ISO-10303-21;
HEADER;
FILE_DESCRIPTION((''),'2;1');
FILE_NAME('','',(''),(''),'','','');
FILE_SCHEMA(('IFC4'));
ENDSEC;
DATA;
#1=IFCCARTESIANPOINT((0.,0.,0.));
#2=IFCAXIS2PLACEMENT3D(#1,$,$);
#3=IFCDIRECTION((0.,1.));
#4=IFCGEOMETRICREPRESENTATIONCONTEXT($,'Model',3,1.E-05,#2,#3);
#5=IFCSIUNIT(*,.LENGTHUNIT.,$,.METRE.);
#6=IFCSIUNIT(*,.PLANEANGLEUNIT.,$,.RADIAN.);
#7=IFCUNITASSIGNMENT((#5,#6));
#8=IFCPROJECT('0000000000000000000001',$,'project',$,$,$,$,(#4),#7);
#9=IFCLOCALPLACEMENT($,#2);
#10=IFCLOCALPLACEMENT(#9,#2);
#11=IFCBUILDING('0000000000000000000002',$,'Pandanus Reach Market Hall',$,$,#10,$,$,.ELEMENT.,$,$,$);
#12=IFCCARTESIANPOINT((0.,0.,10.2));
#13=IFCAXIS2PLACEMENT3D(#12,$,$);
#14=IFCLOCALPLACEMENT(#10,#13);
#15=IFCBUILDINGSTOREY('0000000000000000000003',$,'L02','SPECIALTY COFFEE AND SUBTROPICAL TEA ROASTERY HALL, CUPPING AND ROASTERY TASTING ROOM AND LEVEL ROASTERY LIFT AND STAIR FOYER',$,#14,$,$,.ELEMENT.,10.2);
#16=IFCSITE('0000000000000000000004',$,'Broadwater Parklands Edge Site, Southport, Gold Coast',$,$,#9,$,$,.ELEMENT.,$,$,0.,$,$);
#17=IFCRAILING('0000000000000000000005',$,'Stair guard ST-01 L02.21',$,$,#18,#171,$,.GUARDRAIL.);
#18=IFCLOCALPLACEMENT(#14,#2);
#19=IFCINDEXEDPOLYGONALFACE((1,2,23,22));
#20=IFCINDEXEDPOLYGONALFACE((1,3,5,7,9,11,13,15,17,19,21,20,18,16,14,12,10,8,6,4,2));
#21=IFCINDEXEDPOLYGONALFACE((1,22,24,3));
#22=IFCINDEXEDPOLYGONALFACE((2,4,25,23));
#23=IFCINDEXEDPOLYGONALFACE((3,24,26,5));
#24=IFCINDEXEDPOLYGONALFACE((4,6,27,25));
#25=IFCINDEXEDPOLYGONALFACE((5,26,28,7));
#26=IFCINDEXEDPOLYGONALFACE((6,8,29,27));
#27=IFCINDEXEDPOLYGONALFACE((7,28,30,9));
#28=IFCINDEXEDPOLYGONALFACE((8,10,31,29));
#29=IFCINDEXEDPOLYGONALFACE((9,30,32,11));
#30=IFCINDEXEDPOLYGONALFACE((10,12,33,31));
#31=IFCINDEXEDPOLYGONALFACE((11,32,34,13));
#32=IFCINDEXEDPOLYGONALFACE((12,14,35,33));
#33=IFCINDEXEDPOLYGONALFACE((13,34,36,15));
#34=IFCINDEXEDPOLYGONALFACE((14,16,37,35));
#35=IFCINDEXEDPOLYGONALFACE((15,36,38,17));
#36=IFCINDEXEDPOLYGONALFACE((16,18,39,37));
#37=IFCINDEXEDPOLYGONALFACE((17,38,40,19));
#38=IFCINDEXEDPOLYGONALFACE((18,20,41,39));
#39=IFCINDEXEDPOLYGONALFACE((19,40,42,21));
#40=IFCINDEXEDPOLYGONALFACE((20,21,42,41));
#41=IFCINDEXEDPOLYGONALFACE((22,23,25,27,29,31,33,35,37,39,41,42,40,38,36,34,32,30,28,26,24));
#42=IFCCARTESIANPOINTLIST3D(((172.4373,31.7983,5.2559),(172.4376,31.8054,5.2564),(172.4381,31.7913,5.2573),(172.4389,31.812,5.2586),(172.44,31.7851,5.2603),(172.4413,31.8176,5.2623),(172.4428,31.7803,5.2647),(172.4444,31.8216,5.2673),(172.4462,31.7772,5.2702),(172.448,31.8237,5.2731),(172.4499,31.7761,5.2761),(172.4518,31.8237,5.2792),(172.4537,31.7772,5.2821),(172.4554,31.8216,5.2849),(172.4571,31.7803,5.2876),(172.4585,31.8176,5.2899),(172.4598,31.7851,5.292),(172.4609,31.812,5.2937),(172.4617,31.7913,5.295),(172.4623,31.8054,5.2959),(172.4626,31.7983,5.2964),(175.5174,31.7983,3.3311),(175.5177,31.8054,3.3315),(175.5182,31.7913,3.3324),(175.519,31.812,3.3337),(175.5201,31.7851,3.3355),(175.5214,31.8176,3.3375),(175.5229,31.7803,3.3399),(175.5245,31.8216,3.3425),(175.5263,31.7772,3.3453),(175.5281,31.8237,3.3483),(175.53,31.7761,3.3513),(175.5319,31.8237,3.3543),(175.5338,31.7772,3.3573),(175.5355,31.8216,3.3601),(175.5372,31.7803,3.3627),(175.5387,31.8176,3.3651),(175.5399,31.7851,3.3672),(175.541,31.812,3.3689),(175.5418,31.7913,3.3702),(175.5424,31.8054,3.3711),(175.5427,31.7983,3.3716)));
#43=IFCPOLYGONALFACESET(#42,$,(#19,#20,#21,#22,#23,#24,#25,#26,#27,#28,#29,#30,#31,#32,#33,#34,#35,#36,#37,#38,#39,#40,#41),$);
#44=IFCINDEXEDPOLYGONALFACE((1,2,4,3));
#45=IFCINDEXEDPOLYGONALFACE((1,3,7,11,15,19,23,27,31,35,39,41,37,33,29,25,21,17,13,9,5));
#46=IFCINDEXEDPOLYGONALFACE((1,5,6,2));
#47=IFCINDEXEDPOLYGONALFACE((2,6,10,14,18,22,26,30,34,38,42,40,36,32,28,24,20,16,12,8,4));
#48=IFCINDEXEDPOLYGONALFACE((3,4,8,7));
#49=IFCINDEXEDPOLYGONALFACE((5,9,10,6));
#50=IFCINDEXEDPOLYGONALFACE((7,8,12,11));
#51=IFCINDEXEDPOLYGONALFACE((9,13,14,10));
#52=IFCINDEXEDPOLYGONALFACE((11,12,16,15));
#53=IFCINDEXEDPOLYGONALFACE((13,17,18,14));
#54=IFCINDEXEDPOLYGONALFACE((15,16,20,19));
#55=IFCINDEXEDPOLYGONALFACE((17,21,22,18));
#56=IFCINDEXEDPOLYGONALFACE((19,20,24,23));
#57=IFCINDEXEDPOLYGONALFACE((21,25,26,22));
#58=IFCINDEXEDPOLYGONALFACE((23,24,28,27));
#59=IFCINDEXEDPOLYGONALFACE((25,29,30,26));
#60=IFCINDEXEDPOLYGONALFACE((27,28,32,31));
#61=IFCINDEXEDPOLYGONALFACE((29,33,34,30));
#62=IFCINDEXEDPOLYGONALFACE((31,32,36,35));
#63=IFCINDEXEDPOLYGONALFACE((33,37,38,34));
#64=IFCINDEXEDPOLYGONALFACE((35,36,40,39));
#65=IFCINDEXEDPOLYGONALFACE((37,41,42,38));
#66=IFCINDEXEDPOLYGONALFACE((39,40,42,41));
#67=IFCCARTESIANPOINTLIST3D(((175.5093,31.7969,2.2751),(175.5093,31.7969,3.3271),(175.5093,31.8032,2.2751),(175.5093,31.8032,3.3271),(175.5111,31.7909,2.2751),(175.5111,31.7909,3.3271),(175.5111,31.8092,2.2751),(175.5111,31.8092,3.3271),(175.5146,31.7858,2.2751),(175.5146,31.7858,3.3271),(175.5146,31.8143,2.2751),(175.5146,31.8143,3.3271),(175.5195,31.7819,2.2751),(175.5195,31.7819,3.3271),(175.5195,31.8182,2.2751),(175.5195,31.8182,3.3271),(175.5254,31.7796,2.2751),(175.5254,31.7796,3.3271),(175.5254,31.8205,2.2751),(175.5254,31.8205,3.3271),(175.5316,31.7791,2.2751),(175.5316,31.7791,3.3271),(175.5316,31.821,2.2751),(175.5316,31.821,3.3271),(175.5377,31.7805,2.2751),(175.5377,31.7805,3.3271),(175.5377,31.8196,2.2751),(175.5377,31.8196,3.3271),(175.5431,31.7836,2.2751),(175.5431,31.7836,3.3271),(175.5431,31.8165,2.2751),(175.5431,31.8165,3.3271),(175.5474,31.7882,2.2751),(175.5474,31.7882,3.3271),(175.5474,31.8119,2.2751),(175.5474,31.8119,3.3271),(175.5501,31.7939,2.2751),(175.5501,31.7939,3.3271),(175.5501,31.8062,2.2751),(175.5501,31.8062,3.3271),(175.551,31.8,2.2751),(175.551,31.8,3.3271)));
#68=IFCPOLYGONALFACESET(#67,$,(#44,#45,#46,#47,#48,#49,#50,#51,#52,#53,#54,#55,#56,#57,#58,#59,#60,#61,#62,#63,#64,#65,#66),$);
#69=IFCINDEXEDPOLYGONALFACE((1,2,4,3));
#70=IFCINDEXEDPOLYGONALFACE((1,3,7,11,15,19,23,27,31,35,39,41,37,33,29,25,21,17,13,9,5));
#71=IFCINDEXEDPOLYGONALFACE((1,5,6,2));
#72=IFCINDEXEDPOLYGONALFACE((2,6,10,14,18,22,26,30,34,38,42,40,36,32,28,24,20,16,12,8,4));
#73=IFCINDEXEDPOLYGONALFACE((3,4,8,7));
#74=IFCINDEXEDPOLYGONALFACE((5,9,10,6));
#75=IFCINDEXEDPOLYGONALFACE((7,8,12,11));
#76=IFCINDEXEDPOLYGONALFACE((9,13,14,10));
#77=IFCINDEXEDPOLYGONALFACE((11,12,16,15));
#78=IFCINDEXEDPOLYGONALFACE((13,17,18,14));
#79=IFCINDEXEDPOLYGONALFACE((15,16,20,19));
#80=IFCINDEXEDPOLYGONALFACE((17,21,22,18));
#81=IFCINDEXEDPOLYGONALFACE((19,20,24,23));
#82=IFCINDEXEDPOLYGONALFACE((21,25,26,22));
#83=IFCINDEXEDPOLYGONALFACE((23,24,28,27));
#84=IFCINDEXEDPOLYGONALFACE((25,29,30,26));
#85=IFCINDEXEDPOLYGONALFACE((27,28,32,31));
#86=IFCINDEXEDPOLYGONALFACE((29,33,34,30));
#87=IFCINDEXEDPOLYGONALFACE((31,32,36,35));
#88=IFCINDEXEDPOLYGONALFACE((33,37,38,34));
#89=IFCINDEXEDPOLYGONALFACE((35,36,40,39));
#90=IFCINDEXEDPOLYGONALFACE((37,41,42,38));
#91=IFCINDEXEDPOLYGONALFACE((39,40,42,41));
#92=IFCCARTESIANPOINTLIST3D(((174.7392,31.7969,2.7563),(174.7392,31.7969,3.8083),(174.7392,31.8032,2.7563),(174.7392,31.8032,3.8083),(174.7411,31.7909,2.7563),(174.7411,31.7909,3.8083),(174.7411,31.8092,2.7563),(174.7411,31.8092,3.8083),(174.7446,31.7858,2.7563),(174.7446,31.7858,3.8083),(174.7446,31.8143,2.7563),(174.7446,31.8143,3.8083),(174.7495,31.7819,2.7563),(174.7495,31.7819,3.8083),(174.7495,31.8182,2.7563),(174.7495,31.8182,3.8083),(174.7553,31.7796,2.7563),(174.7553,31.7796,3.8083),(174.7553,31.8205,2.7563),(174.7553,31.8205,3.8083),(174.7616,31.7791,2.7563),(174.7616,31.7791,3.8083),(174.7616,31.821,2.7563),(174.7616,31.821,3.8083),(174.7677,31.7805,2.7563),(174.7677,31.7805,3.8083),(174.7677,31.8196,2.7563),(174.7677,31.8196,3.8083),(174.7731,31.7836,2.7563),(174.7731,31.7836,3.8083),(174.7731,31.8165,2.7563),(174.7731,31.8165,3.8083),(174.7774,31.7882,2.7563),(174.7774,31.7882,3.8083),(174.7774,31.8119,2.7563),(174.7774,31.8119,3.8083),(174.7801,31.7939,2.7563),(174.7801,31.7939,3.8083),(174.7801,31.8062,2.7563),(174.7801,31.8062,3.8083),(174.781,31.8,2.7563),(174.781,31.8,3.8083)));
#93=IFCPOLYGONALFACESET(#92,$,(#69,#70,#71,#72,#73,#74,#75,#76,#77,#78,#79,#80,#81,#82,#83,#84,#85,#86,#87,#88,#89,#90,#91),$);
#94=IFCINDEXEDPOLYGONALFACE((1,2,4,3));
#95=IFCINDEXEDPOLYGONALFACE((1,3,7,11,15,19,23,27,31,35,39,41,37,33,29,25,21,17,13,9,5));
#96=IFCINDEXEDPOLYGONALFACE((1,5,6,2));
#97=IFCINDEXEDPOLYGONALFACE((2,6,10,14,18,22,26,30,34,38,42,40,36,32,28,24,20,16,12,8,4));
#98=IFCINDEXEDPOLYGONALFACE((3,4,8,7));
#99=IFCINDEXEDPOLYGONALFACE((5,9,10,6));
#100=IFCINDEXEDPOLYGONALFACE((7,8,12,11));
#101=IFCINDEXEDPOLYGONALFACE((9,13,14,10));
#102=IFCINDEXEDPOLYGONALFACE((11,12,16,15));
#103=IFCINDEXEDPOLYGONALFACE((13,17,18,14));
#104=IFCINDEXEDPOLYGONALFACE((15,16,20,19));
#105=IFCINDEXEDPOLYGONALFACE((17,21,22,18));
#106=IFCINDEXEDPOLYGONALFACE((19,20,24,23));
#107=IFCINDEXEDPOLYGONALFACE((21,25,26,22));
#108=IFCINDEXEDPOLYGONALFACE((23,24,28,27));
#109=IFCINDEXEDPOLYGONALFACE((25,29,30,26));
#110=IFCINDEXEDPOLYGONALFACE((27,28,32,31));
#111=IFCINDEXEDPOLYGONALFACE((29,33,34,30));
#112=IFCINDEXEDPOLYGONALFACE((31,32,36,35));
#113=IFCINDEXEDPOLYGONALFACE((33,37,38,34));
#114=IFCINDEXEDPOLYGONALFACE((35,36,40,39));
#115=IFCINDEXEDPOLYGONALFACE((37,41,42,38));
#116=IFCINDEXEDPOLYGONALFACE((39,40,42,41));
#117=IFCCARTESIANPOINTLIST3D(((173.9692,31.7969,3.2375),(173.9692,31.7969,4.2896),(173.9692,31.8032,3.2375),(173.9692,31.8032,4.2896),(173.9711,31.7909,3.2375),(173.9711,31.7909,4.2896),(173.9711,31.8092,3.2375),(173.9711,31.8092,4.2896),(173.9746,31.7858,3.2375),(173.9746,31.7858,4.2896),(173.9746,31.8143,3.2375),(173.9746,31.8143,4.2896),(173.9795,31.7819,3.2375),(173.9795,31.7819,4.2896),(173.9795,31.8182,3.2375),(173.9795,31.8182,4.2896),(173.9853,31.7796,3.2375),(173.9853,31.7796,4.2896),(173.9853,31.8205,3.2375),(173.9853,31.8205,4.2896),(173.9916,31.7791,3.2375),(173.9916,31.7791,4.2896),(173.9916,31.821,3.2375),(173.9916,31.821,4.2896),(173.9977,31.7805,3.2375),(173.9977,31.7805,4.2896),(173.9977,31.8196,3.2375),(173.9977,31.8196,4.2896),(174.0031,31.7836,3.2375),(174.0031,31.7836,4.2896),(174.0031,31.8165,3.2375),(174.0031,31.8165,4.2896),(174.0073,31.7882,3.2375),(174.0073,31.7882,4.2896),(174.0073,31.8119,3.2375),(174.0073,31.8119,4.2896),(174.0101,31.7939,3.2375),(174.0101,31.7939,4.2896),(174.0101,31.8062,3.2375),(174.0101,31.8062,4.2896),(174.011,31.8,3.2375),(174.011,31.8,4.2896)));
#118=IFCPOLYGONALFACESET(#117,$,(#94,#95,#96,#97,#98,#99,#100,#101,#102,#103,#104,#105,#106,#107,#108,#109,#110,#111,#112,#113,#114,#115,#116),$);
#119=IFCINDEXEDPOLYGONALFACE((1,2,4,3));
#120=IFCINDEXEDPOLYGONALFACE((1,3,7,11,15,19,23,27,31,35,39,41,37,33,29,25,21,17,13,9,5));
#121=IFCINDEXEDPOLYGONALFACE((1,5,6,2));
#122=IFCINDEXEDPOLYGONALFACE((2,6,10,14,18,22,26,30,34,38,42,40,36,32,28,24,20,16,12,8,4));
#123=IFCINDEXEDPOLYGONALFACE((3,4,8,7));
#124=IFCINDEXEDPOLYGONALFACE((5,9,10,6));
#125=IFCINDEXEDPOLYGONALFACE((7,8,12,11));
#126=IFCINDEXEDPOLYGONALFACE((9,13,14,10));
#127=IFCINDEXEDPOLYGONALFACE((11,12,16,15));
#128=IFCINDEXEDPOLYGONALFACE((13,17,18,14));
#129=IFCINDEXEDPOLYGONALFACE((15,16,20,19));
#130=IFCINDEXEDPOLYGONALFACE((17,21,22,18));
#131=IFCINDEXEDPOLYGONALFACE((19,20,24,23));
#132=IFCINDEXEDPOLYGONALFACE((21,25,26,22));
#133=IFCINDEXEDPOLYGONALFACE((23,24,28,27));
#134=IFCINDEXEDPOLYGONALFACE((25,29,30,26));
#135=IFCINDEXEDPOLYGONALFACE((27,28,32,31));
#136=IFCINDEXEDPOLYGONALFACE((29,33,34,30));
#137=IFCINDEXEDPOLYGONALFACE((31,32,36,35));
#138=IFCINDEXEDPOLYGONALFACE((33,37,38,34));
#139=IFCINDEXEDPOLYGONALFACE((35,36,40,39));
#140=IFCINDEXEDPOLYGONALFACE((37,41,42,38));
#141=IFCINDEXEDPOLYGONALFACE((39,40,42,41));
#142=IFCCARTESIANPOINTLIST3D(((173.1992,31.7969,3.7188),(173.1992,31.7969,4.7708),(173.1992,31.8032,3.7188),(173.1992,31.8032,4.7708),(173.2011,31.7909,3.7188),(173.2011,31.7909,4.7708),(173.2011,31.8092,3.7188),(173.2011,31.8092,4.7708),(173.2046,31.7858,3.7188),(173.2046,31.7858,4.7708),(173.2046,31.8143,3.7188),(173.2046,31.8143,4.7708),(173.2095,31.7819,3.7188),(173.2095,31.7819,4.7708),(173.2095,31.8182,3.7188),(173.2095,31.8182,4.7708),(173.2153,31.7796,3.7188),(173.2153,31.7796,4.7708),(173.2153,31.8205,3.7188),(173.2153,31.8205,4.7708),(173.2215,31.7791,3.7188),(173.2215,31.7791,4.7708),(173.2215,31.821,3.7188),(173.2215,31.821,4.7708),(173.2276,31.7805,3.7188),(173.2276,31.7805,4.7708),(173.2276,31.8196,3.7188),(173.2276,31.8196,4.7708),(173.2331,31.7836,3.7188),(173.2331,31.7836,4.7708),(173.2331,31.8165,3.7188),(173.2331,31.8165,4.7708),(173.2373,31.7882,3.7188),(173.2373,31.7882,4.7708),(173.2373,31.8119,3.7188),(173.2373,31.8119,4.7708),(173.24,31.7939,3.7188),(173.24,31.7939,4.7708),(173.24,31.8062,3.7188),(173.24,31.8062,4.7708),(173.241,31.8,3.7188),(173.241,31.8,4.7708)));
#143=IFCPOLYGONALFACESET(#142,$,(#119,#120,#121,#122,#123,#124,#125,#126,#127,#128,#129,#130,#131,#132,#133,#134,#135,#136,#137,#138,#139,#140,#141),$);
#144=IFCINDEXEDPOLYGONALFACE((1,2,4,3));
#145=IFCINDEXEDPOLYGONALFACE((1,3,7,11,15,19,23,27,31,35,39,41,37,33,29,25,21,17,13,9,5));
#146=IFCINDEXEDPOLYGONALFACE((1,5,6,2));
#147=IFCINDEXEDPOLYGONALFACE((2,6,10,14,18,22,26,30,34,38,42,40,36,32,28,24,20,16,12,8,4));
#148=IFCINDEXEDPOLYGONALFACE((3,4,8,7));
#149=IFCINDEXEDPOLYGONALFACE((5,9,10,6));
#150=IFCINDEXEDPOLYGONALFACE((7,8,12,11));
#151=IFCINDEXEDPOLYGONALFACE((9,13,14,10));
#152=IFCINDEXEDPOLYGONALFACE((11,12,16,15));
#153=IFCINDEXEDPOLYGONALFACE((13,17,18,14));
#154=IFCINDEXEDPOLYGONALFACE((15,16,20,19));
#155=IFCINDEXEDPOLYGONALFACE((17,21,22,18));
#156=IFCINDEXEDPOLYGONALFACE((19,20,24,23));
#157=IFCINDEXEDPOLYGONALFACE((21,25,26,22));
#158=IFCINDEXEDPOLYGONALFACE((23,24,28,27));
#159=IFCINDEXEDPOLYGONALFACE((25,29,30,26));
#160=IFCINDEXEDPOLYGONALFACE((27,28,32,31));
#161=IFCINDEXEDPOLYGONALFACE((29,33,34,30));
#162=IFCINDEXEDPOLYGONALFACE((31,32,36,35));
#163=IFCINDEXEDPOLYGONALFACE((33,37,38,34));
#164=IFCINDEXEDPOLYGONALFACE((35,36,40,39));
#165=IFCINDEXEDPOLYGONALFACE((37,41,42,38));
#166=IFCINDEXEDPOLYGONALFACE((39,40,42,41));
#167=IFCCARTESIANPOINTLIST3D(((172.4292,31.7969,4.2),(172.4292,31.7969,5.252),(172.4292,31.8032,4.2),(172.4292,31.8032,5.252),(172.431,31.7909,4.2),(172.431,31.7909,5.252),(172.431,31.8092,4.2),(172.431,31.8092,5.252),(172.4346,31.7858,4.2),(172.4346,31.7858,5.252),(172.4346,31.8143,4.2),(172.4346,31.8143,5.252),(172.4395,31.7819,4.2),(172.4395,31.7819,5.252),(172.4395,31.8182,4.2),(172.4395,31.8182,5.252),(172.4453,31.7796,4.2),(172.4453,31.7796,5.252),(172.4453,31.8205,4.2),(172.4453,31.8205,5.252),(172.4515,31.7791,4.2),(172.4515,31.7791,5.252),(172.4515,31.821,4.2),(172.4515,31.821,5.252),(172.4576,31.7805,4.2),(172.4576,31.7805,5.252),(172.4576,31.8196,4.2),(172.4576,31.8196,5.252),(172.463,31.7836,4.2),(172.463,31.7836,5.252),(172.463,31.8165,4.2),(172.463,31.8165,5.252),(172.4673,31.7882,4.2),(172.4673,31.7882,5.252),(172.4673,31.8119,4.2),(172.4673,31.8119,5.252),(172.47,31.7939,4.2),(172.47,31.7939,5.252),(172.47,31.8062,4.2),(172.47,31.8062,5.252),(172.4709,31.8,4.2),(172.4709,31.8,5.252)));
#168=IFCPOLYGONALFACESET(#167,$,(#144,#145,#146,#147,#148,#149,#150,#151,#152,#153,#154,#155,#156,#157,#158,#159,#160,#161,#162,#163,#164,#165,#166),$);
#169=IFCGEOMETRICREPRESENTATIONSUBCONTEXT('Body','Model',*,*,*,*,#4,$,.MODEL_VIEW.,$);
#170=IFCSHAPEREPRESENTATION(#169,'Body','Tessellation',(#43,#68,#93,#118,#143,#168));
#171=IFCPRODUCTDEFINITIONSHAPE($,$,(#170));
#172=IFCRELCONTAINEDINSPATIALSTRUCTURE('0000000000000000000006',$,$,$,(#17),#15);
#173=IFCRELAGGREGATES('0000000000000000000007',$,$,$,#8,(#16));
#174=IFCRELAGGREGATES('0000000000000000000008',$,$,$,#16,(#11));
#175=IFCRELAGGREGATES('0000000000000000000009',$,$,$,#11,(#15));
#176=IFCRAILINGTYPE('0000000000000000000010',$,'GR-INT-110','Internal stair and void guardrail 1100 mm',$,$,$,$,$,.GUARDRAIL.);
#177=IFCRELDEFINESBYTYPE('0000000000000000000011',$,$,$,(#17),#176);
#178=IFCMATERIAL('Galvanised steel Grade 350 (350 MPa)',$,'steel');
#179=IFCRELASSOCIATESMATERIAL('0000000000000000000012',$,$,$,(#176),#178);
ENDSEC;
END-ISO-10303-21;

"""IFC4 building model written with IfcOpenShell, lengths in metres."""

from ifc_helpers import new_model, si_unit, direction, frame, origin, origin_2d, place, context, subcontext, project, spatial, circle, extrude, material, type_object, element, save


model = new_model("IFC4")

# Units and contexts
model_context = context("Model", 3, precision=1e-05, world=origin(), true_north=direction((0.0, 1.0)))
body_context = subcontext(model_context, "Body", "Model", "MODEL_VIEW")
ifc_project = project(units=[si_unit("LENGTHUNIT", "METRE"), si_unit("PLANEANGLEUNIT", "RADIAN")], contexts=[model_context])

# Site, building, storey
site_placement = place(None, origin())
site = spatial("IfcSite", under=ifc_project, at=site_placement, Name="Broadwater Parklands Edge Site, Southport, Gold Coast", CompositionType="ELEMENT", RefElevation=0.0)
building_placement = place(site_placement, origin())
building = spatial("IfcBuilding", under=site, at=building_placement, Name="Pandanus Reach Market Hall", CompositionType="ELEMENT")
storey_placement = place(building_placement, frame((0.0, 0.0, 10.2)))
storey = spatial("IfcBuildingStorey", under=building, at=storey_placement, Name="L02", Description="SPECIALTY COFFEE AND SUBTROPICAL TEA ROASTERY HALL, CUPPING AND ROASTERY TASTING ROOM AND LEVEL ROASTERY LIFT AND STAIR FOYER", CompositionType="ELEMENT", Elevation=10.2)

# Railing
ifc_material_1 = material(Name="Galvanised steel Grade 350 (350 MPa)", Category="steel")
railing_type_1 = type_object("IfcRailingType", Name="GR-INT-110", Description="Internal stair and void guardrail 1100 mm", PredefinedType="GUARDRAIL", material=ifc_material_1)
railing_1_placement = place(storey_placement, frame((175.53, 31.8, 2.2751)))
element("IfcRailing", 1, at=railing_1_placement, inside=storey, type_object=railing_type_1, Name="Stair guard ST-01 L02.21", PredefinedType="GUARDRAIL", context=body_context, shape_type="SweptSolid", body=[
    extrude(circle(Radius=0.0239, at=origin_2d()), frame((0.0, 0.0, 1.0762), z_axis=(-0.848029, 0.0, 0.529951), x_axis=(0.0, -1.0, 0.0)), (0.0, 0.0, 1.0), 3.6321),
    extrude(circle(Radius=0.021, at=origin_2d()), origin(), (0.0, 0.0, 1.0), 1.052),
    extrude(circle(Radius=0.021, at=origin_2d()), frame((-0.77, 0.0, 0.4812)), (0.0, 0.0, 1.0), 1.052),
    extrude(circle(Radius=0.021, at=origin_2d()), frame((-1.54, 0.0, 0.9624)), (0.0, 0.0, 1.0), 1.052),
    extrude(circle(Radius=0.021, at=origin_2d()), frame((-2.3101, 0.0, 1.4436)), (0.0, 0.0, 1.0), 1.052),
    extrude(circle(Radius=0.021, at=origin_2d()), frame((-3.0801, 0.0, 1.9248)), (0.0, 0.0, 1.0), 1.052),
])

save(model, "model.ifc")
